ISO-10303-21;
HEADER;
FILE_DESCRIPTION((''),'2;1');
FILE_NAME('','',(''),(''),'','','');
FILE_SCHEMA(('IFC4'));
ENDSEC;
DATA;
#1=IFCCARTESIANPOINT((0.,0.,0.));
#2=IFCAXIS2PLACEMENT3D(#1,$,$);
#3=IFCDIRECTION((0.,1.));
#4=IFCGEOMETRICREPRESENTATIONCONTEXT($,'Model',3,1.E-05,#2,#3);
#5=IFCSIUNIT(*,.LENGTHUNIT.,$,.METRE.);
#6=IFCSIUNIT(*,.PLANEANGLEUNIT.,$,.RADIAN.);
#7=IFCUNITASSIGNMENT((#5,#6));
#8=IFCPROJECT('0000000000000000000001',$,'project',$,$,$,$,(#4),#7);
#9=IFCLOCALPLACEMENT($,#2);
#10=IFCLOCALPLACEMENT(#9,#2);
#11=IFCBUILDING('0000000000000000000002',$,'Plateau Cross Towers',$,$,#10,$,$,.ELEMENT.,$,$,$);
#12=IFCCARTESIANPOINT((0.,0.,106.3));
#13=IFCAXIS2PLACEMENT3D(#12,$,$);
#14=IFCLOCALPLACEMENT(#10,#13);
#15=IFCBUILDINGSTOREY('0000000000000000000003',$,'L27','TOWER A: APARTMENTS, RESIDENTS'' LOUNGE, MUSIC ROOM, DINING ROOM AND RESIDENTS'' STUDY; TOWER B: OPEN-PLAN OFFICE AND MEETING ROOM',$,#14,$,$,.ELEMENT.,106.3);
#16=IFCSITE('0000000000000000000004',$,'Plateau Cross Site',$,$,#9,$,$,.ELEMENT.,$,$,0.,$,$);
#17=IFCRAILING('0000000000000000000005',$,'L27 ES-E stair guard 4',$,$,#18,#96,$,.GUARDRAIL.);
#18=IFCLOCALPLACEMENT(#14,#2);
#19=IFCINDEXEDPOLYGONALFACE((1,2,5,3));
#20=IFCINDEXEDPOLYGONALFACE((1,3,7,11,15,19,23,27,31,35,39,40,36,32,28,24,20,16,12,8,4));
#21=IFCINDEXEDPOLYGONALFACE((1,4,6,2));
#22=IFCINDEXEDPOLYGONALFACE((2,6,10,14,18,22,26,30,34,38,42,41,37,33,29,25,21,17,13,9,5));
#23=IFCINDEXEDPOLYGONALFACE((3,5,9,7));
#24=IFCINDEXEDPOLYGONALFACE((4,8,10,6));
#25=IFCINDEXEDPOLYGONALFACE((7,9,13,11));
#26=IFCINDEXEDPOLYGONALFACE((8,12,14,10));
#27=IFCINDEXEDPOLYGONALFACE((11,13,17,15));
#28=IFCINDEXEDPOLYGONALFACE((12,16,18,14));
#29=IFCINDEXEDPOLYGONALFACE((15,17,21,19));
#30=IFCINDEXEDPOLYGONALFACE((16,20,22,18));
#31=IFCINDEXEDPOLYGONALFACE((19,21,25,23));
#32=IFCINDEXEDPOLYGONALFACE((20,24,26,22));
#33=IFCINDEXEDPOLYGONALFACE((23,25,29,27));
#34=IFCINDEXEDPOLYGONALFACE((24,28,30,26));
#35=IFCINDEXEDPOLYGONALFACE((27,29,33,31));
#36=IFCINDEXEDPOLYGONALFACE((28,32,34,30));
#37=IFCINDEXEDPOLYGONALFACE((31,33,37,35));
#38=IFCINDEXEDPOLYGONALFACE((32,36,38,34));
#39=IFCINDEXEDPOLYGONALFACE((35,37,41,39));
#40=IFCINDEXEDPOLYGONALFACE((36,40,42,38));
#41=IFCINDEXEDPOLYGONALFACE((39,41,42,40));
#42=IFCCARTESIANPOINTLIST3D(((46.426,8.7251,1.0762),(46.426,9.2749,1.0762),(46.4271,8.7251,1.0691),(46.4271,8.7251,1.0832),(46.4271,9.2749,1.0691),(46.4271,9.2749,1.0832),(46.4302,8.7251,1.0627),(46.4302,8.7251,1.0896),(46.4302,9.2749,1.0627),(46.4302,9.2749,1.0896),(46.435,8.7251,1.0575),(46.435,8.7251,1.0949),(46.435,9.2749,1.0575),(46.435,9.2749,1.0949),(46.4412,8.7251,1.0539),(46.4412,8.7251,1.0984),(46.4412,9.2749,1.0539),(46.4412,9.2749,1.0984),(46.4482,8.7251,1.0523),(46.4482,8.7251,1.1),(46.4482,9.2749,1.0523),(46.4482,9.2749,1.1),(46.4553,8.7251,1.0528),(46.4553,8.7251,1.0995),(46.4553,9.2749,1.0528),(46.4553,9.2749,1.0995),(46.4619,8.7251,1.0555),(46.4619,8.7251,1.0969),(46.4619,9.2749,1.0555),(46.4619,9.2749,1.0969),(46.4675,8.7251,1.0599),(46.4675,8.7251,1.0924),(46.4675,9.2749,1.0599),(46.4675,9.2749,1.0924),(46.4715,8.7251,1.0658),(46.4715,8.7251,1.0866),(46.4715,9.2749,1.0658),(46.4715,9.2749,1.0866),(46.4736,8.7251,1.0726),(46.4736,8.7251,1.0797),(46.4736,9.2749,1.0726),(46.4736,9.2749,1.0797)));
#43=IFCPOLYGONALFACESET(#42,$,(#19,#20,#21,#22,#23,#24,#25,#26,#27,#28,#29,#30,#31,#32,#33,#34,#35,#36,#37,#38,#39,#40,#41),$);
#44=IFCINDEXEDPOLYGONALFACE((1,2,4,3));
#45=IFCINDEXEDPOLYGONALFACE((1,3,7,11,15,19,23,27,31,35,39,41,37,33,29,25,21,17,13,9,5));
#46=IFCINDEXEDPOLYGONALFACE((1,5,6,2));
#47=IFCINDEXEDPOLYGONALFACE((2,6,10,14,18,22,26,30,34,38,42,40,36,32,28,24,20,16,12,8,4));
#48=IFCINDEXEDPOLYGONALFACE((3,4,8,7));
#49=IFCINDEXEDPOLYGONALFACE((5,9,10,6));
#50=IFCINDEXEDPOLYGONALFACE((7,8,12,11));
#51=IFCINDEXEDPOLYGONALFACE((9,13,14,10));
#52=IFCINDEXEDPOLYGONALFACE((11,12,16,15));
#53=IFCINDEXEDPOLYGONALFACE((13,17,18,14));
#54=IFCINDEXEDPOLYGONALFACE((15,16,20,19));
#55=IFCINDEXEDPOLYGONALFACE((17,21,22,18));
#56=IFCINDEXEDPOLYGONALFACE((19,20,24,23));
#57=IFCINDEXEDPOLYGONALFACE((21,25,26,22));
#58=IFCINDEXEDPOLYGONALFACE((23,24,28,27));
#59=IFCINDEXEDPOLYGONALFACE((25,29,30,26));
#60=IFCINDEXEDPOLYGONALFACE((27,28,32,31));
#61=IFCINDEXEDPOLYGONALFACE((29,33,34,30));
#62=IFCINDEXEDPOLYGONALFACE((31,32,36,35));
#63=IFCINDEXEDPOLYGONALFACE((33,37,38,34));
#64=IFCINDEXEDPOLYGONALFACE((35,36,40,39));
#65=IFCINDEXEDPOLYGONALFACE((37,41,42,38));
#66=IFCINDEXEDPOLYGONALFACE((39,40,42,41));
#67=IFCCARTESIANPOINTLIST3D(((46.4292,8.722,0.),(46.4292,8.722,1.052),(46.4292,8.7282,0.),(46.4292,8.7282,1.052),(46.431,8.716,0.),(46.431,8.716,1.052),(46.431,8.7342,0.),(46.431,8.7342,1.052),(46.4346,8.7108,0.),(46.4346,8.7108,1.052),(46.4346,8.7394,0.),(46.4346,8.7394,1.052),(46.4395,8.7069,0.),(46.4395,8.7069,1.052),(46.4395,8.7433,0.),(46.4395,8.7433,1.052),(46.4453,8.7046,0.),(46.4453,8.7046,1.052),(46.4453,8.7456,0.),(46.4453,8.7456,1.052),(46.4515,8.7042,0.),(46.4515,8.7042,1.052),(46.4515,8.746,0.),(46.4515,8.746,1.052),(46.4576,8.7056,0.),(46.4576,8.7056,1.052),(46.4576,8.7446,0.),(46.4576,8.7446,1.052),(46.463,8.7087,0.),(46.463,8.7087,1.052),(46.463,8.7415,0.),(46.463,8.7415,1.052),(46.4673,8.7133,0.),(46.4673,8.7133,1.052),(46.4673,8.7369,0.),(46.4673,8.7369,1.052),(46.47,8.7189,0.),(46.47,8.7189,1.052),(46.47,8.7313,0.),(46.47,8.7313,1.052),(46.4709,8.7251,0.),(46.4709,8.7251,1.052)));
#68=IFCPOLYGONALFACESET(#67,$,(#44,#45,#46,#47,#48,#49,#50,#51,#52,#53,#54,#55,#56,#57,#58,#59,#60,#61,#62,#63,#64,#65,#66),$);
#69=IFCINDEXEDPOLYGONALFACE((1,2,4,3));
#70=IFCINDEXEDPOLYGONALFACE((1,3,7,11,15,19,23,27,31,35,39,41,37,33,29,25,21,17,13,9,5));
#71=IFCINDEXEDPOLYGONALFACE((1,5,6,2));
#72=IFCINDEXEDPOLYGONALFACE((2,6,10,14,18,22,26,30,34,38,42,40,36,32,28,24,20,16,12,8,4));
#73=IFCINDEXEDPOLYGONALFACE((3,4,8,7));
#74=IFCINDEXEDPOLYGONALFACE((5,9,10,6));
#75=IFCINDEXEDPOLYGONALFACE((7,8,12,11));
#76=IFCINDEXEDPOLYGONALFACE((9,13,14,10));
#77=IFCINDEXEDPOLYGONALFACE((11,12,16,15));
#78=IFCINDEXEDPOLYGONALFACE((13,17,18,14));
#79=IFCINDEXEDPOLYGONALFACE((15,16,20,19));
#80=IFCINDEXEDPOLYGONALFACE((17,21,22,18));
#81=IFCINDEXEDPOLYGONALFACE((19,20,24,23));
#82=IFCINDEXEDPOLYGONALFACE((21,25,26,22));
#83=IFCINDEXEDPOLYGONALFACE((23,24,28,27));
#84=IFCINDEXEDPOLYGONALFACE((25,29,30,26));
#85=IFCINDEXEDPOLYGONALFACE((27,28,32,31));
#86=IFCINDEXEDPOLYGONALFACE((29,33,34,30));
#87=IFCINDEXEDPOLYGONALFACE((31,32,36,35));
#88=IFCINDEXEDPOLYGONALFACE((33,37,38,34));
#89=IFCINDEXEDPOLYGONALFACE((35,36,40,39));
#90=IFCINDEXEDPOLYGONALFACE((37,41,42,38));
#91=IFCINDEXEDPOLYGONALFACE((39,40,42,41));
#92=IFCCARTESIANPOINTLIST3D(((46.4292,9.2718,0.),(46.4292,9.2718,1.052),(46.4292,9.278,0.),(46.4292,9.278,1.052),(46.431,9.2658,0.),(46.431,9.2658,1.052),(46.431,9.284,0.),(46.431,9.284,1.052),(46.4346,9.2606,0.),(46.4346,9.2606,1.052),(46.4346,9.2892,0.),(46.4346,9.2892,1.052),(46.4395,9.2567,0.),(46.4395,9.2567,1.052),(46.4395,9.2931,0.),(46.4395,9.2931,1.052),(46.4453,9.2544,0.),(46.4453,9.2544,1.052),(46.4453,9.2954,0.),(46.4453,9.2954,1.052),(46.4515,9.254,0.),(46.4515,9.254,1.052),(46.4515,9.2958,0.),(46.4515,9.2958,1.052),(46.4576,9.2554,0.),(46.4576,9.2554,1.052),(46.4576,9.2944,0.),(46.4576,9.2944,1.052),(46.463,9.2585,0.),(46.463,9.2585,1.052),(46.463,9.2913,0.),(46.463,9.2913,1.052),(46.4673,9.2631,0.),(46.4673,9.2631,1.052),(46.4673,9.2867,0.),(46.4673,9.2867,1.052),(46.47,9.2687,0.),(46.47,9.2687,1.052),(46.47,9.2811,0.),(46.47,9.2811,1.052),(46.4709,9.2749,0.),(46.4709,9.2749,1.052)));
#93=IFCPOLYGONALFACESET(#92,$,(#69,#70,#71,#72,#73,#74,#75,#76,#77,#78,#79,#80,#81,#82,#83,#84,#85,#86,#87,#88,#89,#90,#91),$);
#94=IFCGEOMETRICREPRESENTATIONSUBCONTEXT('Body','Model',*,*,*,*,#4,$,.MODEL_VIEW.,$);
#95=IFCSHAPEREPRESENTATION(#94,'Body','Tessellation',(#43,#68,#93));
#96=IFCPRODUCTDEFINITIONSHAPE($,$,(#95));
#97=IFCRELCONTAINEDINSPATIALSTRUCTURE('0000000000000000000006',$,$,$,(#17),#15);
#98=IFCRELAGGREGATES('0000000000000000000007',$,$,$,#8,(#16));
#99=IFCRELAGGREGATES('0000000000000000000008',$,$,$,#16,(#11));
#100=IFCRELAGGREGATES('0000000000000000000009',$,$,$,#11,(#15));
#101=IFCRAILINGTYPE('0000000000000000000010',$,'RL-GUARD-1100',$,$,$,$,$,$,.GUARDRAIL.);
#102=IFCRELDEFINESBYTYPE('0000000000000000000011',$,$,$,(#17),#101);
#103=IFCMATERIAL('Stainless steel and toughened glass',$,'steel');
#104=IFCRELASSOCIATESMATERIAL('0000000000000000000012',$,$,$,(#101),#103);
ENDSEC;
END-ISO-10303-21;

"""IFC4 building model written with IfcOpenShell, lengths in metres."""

from ifc_helpers import new_model, si_unit, direction, frame, origin, origin_2d, place, context, subcontext, project, spatial, circle, extrude, material, type_object, element, save


model = new_model("IFC4")

# Units and contexts
model_context = context("Model", 3, precision=1e-05, world=origin(), true_north=direction((0.0, 1.0)))
body_context = subcontext(model_context, "Body", "Model", "MODEL_VIEW")
ifc_project = project(units=[si_unit("LENGTHUNIT", "METRE"), si_unit("PLANEANGLEUNIT", "RADIAN")], contexts=[model_context])

# Site, building, storey
site_placement = place(None, origin())
site = spatial("IfcSite", under=ifc_project, at=site_placement, Name="Plateau Cross Site", CompositionType="ELEMENT", RefElevation=0.0)
building_placement = place(site_placement, origin())
building = spatial("IfcBuilding", under=site, at=building_placement, Name="Plateau Cross Towers", CompositionType="ELEMENT")
storey_placement = place(building_placement, frame((0.0, 0.0, 106.3)))
storey = spatial("IfcBuildingStorey", under=building, at=storey_placement, Name="L27", Description="TOWER A: APARTMENTS, RESIDENTS' LOUNGE, MUSIC ROOM, DINING ROOM AND RESIDENTS' STUDY; TOWER B: OPEN-PLAN OFFICE AND MEETING ROOM", CompositionType="ELEMENT", Elevation=106.3)

# Railing
ifc_material_1 = material(Name="Stainless steel and toughened glass", Category="steel")
railing_type_1 = type_object("IfcRailingType", Name="RL-GUARD-1100", PredefinedType="GUARDRAIL", material=ifc_material_1)
railing_1_placement = place(storey_placement, frame((46.45, 8.7251, 0.0)))
element("IfcRailing", 1, at=railing_1_placement, inside=storey, type_object=railing_type_1, Name="L27 ES-E stair guard 4", PredefinedType="GUARDRAIL", context=body_context, shape_type="SweptSolid", body=[
    extrude(circle(Radius=0.0239, at=origin_2d()), frame((0.0, 0.0, 1.0762), z_axis=(0.0, 1.0, 0.0), x_axis=(-1.0, 0.0, 0.0)), (0.0, 0.0, 1.0), 0.5498),
    extrude(circle(Radius=0.021, at=origin_2d()), origin(), (0.0, 0.0, 1.0), 1.052),
    extrude(circle(Radius=0.021, at=origin_2d()), frame((0.0, 0.5498, 0.0)), (0.0, 0.0, 1.0), 1.052),
])

save(model, "model.ifc")
